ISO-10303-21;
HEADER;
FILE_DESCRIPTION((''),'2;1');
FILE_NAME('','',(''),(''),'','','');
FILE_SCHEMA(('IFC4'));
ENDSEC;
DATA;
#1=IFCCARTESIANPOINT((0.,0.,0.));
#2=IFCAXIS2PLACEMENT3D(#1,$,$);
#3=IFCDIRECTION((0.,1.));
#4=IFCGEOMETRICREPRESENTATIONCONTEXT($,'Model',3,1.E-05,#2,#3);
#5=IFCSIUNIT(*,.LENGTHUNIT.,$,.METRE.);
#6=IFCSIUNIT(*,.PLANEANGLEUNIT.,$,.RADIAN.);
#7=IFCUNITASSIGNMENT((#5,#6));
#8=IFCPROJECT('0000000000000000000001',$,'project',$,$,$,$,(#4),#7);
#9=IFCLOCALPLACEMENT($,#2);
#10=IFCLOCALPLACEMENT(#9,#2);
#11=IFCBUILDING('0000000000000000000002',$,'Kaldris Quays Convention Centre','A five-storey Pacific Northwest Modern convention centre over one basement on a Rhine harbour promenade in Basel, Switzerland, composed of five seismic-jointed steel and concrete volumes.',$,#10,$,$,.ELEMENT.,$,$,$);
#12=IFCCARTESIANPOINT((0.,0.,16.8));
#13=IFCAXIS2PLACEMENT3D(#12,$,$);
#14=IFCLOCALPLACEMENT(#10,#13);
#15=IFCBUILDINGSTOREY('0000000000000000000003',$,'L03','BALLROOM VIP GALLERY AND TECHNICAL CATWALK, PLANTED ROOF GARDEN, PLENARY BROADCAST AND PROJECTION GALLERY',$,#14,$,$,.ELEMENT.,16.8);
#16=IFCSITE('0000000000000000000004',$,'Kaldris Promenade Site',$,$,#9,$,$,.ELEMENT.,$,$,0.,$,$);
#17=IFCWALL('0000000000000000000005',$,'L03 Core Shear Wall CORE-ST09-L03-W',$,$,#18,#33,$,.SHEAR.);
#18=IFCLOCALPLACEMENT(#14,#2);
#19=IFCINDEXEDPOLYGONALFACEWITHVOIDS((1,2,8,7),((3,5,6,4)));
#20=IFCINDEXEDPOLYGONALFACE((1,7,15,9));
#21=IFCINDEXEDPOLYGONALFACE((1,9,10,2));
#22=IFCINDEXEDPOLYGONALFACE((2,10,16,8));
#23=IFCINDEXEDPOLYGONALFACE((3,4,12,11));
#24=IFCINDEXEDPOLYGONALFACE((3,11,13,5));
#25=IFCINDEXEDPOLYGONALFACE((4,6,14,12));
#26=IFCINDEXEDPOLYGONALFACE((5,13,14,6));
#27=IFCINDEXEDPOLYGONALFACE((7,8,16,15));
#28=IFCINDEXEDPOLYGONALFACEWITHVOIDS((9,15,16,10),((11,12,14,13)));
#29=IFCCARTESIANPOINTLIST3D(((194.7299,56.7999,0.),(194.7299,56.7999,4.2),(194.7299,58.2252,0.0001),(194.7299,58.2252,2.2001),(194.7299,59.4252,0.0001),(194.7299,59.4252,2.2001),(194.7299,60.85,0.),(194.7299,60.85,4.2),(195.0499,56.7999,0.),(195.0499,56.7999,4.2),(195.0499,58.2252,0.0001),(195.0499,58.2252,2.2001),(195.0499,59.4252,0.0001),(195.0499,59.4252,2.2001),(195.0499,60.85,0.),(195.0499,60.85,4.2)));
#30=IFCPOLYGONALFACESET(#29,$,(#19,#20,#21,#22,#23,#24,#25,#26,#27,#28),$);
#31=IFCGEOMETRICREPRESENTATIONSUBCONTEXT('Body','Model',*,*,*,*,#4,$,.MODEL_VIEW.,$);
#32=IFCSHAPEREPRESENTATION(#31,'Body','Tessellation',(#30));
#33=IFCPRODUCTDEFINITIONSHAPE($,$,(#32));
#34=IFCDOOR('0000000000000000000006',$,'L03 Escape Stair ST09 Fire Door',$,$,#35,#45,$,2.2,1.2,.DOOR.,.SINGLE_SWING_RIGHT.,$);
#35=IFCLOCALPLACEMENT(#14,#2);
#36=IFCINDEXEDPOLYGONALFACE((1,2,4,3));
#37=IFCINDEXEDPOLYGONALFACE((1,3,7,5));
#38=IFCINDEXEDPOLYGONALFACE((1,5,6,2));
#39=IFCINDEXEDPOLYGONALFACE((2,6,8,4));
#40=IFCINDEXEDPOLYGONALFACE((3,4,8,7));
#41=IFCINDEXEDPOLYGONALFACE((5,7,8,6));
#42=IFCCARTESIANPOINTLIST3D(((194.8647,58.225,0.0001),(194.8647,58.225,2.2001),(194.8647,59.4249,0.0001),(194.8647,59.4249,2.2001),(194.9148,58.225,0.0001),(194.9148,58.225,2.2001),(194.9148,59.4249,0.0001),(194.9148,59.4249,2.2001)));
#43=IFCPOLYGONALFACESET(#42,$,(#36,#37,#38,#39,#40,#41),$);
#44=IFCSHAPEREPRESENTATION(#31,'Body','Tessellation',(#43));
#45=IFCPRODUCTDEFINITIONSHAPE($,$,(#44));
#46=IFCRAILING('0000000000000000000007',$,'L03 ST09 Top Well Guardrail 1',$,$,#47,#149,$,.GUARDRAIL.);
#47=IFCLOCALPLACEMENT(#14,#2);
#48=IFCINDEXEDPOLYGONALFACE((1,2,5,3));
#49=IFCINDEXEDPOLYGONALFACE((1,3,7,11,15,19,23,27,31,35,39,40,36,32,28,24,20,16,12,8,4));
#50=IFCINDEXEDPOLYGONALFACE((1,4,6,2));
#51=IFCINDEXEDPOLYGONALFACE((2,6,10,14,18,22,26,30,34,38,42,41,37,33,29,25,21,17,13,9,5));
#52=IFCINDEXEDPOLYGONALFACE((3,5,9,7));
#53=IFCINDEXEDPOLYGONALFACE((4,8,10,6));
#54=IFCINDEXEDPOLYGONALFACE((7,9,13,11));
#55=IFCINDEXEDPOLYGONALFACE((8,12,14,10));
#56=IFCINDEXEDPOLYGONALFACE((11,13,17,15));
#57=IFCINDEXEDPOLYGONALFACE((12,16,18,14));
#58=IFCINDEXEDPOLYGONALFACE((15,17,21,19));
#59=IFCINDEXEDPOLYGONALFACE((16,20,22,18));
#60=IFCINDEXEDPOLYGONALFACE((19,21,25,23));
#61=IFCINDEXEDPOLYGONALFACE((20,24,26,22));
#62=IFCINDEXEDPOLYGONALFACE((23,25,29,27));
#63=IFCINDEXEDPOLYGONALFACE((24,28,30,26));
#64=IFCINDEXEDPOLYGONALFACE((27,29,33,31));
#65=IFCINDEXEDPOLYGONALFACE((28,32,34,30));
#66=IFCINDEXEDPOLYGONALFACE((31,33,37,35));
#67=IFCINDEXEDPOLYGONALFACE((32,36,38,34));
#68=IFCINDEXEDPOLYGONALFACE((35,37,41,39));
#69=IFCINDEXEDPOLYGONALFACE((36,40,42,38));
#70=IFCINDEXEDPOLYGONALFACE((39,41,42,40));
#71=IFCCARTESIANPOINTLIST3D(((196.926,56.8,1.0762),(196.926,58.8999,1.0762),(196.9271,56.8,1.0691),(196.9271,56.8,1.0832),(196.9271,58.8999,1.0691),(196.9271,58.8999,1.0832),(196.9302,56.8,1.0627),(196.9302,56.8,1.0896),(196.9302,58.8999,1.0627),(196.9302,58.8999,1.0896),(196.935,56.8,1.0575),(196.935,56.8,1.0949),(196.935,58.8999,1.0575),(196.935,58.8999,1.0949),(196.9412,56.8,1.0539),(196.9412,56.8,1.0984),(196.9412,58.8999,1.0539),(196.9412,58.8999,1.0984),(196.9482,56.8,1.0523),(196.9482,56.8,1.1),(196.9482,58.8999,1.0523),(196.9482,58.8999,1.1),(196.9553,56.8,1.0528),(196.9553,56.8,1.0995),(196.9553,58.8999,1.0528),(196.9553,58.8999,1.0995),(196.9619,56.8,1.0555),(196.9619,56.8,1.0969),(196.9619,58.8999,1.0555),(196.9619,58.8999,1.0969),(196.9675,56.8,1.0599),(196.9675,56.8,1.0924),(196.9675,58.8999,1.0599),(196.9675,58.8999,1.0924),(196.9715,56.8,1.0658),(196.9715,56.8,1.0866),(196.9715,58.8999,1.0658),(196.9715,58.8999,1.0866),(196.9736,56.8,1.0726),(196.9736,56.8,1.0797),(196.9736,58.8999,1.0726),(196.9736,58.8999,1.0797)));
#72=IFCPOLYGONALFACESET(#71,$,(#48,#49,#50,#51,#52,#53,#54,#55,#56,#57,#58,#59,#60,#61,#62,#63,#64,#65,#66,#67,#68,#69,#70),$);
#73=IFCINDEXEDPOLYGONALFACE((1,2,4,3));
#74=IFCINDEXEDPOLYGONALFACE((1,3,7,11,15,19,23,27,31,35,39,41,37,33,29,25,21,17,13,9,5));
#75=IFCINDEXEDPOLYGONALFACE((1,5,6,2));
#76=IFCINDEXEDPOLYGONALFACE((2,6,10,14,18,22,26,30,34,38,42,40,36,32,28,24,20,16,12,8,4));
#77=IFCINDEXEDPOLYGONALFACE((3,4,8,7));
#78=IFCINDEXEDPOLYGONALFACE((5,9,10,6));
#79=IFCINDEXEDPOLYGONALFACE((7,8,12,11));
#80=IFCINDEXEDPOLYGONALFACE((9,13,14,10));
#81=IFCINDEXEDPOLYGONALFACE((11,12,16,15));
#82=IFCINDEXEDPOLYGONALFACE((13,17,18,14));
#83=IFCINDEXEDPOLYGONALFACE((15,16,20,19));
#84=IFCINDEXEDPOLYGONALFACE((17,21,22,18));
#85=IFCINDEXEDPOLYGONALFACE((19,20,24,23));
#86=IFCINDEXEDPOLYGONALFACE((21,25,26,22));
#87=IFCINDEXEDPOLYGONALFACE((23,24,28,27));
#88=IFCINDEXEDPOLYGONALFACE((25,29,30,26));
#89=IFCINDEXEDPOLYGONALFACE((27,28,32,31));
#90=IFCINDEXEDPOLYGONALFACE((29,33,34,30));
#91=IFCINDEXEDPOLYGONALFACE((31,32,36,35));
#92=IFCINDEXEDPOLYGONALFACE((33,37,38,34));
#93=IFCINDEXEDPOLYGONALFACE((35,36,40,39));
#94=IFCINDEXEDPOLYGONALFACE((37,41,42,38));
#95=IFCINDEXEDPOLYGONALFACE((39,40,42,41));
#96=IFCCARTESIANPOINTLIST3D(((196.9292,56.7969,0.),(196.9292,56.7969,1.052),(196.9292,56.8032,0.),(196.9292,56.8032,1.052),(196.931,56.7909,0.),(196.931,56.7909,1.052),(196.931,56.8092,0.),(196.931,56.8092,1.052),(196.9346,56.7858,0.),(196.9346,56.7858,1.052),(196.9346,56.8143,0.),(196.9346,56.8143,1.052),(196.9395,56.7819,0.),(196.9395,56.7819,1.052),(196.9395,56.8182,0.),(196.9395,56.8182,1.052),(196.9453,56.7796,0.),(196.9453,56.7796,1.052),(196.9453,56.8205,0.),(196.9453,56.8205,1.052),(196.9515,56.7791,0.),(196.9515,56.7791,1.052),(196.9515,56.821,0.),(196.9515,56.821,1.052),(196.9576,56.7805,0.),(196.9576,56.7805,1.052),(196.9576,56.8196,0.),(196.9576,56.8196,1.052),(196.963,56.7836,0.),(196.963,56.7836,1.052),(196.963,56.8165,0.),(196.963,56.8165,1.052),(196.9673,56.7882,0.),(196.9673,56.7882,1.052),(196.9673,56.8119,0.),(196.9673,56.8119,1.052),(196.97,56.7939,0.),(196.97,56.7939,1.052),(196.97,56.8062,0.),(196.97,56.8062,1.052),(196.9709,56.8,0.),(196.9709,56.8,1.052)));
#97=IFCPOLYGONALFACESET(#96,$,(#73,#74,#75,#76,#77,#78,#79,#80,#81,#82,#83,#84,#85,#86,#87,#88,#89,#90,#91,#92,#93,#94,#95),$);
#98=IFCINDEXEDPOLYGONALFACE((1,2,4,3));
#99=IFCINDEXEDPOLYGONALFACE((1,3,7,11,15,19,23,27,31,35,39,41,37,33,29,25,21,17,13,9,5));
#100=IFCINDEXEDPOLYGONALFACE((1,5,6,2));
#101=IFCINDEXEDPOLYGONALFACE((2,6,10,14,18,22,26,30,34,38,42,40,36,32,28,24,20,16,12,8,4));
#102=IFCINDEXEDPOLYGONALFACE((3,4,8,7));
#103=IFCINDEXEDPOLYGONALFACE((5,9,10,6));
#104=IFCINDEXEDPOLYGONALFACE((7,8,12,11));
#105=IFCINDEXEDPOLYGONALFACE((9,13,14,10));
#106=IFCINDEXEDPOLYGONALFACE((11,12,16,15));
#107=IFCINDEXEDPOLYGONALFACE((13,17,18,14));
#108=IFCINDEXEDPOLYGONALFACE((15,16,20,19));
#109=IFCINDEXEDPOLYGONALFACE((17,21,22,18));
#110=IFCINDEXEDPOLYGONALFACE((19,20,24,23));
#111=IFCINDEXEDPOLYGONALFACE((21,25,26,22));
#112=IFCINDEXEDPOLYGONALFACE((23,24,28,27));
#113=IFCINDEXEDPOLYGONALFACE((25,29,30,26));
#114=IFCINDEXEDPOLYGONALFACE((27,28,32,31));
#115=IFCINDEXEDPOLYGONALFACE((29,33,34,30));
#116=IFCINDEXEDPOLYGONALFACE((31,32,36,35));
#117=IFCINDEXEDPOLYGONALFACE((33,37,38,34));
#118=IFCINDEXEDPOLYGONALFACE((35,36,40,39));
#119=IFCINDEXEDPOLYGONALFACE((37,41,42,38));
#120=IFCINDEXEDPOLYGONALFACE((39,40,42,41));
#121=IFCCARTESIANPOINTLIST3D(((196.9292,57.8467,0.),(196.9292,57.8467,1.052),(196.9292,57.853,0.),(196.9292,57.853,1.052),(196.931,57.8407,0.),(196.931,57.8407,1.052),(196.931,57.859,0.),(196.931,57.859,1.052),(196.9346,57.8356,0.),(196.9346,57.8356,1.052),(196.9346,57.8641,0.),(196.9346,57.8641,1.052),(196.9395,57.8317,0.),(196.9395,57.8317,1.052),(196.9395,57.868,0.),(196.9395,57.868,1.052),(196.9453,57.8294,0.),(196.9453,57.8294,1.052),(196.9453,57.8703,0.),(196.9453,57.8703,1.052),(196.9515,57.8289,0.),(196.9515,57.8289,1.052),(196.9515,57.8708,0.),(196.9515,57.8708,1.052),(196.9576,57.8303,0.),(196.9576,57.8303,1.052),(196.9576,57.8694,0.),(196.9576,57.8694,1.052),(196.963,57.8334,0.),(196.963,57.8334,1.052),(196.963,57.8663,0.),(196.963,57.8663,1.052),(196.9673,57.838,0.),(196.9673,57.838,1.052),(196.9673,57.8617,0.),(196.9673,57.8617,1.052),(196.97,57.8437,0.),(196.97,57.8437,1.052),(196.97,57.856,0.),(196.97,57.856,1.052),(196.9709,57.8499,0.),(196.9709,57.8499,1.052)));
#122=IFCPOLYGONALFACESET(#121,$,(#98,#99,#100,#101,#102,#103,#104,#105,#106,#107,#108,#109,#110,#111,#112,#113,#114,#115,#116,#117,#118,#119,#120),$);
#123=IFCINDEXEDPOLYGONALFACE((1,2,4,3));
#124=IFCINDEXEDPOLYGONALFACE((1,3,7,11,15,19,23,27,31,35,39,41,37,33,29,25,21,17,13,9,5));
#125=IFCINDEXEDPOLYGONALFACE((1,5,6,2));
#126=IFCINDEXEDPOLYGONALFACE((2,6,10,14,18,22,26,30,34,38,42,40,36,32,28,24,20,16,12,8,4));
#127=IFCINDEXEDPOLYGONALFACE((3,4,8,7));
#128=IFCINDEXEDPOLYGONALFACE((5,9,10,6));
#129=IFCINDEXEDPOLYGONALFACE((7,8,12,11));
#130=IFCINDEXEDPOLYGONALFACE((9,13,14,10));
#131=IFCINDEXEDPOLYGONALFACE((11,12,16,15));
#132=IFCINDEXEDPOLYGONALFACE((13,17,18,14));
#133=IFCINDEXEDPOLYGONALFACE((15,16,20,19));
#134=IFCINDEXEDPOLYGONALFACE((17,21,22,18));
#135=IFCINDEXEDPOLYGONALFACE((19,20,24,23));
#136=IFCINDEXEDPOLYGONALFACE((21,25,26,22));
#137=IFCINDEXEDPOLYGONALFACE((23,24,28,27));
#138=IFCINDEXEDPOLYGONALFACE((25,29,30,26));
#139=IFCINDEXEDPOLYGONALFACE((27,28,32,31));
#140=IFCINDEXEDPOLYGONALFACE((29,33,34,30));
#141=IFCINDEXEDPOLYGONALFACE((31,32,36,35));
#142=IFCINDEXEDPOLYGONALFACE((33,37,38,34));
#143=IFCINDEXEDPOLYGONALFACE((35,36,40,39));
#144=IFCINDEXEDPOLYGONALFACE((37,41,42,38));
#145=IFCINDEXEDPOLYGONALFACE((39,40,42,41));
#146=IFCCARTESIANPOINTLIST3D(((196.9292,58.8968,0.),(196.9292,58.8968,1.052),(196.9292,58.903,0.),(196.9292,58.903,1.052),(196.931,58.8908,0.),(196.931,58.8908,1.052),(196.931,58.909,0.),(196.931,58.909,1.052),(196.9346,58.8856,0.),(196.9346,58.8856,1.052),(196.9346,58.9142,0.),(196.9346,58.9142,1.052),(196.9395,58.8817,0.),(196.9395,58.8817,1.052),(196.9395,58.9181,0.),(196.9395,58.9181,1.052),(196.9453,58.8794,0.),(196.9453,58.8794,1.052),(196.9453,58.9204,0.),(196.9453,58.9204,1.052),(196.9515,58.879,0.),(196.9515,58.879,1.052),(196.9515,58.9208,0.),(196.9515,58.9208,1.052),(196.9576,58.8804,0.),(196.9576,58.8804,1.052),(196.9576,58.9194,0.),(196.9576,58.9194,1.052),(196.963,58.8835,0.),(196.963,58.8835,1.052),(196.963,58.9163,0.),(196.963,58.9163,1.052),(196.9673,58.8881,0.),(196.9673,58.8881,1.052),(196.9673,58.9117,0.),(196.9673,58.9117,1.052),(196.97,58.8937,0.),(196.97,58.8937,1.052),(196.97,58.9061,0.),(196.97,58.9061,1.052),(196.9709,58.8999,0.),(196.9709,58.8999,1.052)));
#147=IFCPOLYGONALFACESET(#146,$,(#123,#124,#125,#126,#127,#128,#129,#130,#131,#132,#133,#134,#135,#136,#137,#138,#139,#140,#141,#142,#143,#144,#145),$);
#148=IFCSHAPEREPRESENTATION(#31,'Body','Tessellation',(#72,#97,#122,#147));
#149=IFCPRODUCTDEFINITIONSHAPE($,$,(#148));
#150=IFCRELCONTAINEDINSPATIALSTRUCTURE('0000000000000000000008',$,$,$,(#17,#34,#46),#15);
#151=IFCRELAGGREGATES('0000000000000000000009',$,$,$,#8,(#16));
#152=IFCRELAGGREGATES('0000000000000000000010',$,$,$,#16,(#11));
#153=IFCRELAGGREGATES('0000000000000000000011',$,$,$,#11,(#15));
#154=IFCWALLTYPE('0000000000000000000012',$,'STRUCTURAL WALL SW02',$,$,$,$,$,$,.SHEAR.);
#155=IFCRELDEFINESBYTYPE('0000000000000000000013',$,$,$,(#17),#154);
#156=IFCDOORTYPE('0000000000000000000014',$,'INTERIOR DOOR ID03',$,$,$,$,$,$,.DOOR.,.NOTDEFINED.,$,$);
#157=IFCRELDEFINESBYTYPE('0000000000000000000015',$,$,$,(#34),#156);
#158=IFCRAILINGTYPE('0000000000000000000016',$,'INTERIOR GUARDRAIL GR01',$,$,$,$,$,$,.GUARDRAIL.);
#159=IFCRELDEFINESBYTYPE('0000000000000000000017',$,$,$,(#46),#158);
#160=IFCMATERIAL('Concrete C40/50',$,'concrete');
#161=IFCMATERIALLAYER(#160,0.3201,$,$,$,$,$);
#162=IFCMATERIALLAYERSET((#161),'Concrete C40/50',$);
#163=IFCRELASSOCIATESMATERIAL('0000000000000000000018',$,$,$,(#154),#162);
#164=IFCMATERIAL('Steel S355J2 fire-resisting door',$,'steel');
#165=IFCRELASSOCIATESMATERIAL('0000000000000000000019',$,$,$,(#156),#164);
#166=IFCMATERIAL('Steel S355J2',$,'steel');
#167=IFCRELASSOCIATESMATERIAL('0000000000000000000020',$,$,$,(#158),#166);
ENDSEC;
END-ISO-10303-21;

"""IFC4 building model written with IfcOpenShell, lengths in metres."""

from ifc_helpers import new_model, si_unit, direction, frame, frame_2d, origin, origin_2d, place, context, subcontext, project, spatial, rectangle, circle, extrude, material, layer, layer_set, type_object, element, fill, save


model = new_model("IFC4")

# Units and contexts
model_context = context("Model", 3, precision=1e-05, world=origin(), true_north=direction((0.0, 1.0)))
body_context = subcontext(model_context, "Body", "Model", "MODEL_VIEW")
ifc_project = project(units=[si_unit("LENGTHUNIT", "METRE"), si_unit("PLANEANGLEUNIT", "RADIAN")], contexts=[model_context])

# Site, building, storey
site_placement = place(None, origin())
site = spatial("IfcSite", under=ifc_project, at=site_placement, Name="Kaldris Promenade Site", CompositionType="ELEMENT", RefElevation=0.0)
building_placement = place(site_placement, origin())
building = spatial("IfcBuilding", under=site, at=building_placement, Name="Kaldris Quays Convention Centre", Description="A five-storey Pacific Northwest Modern convention centre over one basement on a Rhine harbour promenade in Basel, Switzerland, composed of five seismic-jointed steel and concrete volumes.", CompositionType="ELEMENT")
storey_placement = place(building_placement, frame((0.0, 0.0, 16.8)))
storey = spatial("IfcBuildingStorey", under=building, at=storey_placement, Name="L03", Description="BALLROOM VIP GALLERY AND TECHNICAL CATWALK, PLANTED ROOF GARDEN, PLENARY BROADCAST AND PROJECTION GALLERY", CompositionType="ELEMENT", Elevation=16.8)

# Shared definitions
ifc_material_1 = material(Name="Concrete C40/50", Category="concrete")
ifc_layer = layer(ifc_material_1, 0.3201)
ifc_layer_set = layer_set([ifc_layer], Name="Concrete C40/50")
wall_type = type_object("IfcWallType", Name="STRUCTURAL WALL SW02", PredefinedType="SHEAR", material=ifc_layer_set)

# Wall, opening, door
wall_placement = place(storey_placement, frame((194.8899, 56.8, 0.0), z_axis=(0.0, 0.0, 1.0), x_axis=(0.0, 1.0, 0.0)))
wall = element("IfcWall", 1, at=wall_placement, inside=storey, type_object=wall_type, Name="L03 Core Shear Wall CORE-ST09-L03-W", PredefinedType="SHEAR", context=body_context, shape_type="SweptSolid", body=[
    extrude(rectangle(XDim=4.05, YDim=0.3201, at=frame_2d((2.0249, 0.0))), origin(), (0.0, 0.0, 1.0), 4.2),
])
opening_placement = place(wall_placement, frame((1.425, 0.0, 0.0)))
opening = element("IfcOpeningElement", 2, at=opening_placement, cuts=wall, PredefinedType="OPENING", context=body_context, shape_type="SweptSolid", body=[
    extrude(rectangle(XDim=1.2, YDim=2.2, at=frame_2d((0.6001, 1.1001))), frame((0.0, 0.1699, 0.0), z_axis=(0.0, -1.0, 0.0), x_axis=(1.0, 0.0, 0.0)), (0.0, 0.0, 1.0), 0.3401),
])
ifc_material_2 = material(Name="Steel S355J2 fire-resisting door", Category="steel")
door_type = type_object("IfcDoorType", Name="INTERIOR DOOR ID03", OperationType="NOTDEFINED", PredefinedType="DOOR", material=ifc_material_2)
door_placement = place(opening_placement, frame((1.2, 0.0, 0.0), z_axis=(0.0, 0.0, 1.0), x_axis=(-1.0, 0.0, 0.0)))
door = element("IfcDoor", 3, at=door_placement, inside=storey, type_object=door_type, Name="L03 Escape Stair ST09 Fire Door", OperationType="SINGLE_SWING_RIGHT", OverallHeight=2.2, OverallWidth=1.2, PredefinedType="DOOR", context=body_context, shape_type="SweptSolid", body=[
    extrude(rectangle(XDim=1.2, YDim=2.2, at=frame_2d((0.6001, 1.1001))), frame((0.0, 0.0249, 0.0), z_axis=(0.0, -1.0, 0.0), x_axis=(1.0, 0.0, 0.0)), (0.0, 0.0, 1.0), 0.05),
])
fill(opening, door)

# Railing
ifc_material_3 = material(Name="Steel S355J2", Category="steel")
railing_type = type_object("IfcRailingType", Name="INTERIOR GUARDRAIL GR01", PredefinedType="GUARDRAIL", material=ifc_material_3)
railing_placement = place(storey_placement, frame((196.95, 56.8, 0.0)))
element("IfcRailing", 4, at=railing_placement, inside=storey, type_object=railing_type, Name="L03 ST09 Top Well Guardrail 1", PredefinedType="GUARDRAIL", context=body_context, shape_type="SweptSolid", body=[
    extrude(circle(Radius=0.0239, at=origin_2d()), frame((0.0, 0.0, 1.0762), z_axis=(0.0, 1.0, 0.0), x_axis=(-1.0, 0.0, 0.0)), (0.0, 0.0, 1.0), 2.0999),
    extrude(circle(Radius=0.021, at=origin_2d()), origin(), (0.0, 0.0, 1.0), 1.052),
    extrude(circle(Radius=0.021, at=origin_2d()), frame((0.0, 1.0498, 0.0)), (0.0, 0.0, 1.0), 1.052),
    extrude(circle(Radius=0.021, at=origin_2d()), frame((0.0, 2.0999, 0.0)), (0.0, 0.0, 1.0), 1.052),
])

save(model, "model.ifc")
